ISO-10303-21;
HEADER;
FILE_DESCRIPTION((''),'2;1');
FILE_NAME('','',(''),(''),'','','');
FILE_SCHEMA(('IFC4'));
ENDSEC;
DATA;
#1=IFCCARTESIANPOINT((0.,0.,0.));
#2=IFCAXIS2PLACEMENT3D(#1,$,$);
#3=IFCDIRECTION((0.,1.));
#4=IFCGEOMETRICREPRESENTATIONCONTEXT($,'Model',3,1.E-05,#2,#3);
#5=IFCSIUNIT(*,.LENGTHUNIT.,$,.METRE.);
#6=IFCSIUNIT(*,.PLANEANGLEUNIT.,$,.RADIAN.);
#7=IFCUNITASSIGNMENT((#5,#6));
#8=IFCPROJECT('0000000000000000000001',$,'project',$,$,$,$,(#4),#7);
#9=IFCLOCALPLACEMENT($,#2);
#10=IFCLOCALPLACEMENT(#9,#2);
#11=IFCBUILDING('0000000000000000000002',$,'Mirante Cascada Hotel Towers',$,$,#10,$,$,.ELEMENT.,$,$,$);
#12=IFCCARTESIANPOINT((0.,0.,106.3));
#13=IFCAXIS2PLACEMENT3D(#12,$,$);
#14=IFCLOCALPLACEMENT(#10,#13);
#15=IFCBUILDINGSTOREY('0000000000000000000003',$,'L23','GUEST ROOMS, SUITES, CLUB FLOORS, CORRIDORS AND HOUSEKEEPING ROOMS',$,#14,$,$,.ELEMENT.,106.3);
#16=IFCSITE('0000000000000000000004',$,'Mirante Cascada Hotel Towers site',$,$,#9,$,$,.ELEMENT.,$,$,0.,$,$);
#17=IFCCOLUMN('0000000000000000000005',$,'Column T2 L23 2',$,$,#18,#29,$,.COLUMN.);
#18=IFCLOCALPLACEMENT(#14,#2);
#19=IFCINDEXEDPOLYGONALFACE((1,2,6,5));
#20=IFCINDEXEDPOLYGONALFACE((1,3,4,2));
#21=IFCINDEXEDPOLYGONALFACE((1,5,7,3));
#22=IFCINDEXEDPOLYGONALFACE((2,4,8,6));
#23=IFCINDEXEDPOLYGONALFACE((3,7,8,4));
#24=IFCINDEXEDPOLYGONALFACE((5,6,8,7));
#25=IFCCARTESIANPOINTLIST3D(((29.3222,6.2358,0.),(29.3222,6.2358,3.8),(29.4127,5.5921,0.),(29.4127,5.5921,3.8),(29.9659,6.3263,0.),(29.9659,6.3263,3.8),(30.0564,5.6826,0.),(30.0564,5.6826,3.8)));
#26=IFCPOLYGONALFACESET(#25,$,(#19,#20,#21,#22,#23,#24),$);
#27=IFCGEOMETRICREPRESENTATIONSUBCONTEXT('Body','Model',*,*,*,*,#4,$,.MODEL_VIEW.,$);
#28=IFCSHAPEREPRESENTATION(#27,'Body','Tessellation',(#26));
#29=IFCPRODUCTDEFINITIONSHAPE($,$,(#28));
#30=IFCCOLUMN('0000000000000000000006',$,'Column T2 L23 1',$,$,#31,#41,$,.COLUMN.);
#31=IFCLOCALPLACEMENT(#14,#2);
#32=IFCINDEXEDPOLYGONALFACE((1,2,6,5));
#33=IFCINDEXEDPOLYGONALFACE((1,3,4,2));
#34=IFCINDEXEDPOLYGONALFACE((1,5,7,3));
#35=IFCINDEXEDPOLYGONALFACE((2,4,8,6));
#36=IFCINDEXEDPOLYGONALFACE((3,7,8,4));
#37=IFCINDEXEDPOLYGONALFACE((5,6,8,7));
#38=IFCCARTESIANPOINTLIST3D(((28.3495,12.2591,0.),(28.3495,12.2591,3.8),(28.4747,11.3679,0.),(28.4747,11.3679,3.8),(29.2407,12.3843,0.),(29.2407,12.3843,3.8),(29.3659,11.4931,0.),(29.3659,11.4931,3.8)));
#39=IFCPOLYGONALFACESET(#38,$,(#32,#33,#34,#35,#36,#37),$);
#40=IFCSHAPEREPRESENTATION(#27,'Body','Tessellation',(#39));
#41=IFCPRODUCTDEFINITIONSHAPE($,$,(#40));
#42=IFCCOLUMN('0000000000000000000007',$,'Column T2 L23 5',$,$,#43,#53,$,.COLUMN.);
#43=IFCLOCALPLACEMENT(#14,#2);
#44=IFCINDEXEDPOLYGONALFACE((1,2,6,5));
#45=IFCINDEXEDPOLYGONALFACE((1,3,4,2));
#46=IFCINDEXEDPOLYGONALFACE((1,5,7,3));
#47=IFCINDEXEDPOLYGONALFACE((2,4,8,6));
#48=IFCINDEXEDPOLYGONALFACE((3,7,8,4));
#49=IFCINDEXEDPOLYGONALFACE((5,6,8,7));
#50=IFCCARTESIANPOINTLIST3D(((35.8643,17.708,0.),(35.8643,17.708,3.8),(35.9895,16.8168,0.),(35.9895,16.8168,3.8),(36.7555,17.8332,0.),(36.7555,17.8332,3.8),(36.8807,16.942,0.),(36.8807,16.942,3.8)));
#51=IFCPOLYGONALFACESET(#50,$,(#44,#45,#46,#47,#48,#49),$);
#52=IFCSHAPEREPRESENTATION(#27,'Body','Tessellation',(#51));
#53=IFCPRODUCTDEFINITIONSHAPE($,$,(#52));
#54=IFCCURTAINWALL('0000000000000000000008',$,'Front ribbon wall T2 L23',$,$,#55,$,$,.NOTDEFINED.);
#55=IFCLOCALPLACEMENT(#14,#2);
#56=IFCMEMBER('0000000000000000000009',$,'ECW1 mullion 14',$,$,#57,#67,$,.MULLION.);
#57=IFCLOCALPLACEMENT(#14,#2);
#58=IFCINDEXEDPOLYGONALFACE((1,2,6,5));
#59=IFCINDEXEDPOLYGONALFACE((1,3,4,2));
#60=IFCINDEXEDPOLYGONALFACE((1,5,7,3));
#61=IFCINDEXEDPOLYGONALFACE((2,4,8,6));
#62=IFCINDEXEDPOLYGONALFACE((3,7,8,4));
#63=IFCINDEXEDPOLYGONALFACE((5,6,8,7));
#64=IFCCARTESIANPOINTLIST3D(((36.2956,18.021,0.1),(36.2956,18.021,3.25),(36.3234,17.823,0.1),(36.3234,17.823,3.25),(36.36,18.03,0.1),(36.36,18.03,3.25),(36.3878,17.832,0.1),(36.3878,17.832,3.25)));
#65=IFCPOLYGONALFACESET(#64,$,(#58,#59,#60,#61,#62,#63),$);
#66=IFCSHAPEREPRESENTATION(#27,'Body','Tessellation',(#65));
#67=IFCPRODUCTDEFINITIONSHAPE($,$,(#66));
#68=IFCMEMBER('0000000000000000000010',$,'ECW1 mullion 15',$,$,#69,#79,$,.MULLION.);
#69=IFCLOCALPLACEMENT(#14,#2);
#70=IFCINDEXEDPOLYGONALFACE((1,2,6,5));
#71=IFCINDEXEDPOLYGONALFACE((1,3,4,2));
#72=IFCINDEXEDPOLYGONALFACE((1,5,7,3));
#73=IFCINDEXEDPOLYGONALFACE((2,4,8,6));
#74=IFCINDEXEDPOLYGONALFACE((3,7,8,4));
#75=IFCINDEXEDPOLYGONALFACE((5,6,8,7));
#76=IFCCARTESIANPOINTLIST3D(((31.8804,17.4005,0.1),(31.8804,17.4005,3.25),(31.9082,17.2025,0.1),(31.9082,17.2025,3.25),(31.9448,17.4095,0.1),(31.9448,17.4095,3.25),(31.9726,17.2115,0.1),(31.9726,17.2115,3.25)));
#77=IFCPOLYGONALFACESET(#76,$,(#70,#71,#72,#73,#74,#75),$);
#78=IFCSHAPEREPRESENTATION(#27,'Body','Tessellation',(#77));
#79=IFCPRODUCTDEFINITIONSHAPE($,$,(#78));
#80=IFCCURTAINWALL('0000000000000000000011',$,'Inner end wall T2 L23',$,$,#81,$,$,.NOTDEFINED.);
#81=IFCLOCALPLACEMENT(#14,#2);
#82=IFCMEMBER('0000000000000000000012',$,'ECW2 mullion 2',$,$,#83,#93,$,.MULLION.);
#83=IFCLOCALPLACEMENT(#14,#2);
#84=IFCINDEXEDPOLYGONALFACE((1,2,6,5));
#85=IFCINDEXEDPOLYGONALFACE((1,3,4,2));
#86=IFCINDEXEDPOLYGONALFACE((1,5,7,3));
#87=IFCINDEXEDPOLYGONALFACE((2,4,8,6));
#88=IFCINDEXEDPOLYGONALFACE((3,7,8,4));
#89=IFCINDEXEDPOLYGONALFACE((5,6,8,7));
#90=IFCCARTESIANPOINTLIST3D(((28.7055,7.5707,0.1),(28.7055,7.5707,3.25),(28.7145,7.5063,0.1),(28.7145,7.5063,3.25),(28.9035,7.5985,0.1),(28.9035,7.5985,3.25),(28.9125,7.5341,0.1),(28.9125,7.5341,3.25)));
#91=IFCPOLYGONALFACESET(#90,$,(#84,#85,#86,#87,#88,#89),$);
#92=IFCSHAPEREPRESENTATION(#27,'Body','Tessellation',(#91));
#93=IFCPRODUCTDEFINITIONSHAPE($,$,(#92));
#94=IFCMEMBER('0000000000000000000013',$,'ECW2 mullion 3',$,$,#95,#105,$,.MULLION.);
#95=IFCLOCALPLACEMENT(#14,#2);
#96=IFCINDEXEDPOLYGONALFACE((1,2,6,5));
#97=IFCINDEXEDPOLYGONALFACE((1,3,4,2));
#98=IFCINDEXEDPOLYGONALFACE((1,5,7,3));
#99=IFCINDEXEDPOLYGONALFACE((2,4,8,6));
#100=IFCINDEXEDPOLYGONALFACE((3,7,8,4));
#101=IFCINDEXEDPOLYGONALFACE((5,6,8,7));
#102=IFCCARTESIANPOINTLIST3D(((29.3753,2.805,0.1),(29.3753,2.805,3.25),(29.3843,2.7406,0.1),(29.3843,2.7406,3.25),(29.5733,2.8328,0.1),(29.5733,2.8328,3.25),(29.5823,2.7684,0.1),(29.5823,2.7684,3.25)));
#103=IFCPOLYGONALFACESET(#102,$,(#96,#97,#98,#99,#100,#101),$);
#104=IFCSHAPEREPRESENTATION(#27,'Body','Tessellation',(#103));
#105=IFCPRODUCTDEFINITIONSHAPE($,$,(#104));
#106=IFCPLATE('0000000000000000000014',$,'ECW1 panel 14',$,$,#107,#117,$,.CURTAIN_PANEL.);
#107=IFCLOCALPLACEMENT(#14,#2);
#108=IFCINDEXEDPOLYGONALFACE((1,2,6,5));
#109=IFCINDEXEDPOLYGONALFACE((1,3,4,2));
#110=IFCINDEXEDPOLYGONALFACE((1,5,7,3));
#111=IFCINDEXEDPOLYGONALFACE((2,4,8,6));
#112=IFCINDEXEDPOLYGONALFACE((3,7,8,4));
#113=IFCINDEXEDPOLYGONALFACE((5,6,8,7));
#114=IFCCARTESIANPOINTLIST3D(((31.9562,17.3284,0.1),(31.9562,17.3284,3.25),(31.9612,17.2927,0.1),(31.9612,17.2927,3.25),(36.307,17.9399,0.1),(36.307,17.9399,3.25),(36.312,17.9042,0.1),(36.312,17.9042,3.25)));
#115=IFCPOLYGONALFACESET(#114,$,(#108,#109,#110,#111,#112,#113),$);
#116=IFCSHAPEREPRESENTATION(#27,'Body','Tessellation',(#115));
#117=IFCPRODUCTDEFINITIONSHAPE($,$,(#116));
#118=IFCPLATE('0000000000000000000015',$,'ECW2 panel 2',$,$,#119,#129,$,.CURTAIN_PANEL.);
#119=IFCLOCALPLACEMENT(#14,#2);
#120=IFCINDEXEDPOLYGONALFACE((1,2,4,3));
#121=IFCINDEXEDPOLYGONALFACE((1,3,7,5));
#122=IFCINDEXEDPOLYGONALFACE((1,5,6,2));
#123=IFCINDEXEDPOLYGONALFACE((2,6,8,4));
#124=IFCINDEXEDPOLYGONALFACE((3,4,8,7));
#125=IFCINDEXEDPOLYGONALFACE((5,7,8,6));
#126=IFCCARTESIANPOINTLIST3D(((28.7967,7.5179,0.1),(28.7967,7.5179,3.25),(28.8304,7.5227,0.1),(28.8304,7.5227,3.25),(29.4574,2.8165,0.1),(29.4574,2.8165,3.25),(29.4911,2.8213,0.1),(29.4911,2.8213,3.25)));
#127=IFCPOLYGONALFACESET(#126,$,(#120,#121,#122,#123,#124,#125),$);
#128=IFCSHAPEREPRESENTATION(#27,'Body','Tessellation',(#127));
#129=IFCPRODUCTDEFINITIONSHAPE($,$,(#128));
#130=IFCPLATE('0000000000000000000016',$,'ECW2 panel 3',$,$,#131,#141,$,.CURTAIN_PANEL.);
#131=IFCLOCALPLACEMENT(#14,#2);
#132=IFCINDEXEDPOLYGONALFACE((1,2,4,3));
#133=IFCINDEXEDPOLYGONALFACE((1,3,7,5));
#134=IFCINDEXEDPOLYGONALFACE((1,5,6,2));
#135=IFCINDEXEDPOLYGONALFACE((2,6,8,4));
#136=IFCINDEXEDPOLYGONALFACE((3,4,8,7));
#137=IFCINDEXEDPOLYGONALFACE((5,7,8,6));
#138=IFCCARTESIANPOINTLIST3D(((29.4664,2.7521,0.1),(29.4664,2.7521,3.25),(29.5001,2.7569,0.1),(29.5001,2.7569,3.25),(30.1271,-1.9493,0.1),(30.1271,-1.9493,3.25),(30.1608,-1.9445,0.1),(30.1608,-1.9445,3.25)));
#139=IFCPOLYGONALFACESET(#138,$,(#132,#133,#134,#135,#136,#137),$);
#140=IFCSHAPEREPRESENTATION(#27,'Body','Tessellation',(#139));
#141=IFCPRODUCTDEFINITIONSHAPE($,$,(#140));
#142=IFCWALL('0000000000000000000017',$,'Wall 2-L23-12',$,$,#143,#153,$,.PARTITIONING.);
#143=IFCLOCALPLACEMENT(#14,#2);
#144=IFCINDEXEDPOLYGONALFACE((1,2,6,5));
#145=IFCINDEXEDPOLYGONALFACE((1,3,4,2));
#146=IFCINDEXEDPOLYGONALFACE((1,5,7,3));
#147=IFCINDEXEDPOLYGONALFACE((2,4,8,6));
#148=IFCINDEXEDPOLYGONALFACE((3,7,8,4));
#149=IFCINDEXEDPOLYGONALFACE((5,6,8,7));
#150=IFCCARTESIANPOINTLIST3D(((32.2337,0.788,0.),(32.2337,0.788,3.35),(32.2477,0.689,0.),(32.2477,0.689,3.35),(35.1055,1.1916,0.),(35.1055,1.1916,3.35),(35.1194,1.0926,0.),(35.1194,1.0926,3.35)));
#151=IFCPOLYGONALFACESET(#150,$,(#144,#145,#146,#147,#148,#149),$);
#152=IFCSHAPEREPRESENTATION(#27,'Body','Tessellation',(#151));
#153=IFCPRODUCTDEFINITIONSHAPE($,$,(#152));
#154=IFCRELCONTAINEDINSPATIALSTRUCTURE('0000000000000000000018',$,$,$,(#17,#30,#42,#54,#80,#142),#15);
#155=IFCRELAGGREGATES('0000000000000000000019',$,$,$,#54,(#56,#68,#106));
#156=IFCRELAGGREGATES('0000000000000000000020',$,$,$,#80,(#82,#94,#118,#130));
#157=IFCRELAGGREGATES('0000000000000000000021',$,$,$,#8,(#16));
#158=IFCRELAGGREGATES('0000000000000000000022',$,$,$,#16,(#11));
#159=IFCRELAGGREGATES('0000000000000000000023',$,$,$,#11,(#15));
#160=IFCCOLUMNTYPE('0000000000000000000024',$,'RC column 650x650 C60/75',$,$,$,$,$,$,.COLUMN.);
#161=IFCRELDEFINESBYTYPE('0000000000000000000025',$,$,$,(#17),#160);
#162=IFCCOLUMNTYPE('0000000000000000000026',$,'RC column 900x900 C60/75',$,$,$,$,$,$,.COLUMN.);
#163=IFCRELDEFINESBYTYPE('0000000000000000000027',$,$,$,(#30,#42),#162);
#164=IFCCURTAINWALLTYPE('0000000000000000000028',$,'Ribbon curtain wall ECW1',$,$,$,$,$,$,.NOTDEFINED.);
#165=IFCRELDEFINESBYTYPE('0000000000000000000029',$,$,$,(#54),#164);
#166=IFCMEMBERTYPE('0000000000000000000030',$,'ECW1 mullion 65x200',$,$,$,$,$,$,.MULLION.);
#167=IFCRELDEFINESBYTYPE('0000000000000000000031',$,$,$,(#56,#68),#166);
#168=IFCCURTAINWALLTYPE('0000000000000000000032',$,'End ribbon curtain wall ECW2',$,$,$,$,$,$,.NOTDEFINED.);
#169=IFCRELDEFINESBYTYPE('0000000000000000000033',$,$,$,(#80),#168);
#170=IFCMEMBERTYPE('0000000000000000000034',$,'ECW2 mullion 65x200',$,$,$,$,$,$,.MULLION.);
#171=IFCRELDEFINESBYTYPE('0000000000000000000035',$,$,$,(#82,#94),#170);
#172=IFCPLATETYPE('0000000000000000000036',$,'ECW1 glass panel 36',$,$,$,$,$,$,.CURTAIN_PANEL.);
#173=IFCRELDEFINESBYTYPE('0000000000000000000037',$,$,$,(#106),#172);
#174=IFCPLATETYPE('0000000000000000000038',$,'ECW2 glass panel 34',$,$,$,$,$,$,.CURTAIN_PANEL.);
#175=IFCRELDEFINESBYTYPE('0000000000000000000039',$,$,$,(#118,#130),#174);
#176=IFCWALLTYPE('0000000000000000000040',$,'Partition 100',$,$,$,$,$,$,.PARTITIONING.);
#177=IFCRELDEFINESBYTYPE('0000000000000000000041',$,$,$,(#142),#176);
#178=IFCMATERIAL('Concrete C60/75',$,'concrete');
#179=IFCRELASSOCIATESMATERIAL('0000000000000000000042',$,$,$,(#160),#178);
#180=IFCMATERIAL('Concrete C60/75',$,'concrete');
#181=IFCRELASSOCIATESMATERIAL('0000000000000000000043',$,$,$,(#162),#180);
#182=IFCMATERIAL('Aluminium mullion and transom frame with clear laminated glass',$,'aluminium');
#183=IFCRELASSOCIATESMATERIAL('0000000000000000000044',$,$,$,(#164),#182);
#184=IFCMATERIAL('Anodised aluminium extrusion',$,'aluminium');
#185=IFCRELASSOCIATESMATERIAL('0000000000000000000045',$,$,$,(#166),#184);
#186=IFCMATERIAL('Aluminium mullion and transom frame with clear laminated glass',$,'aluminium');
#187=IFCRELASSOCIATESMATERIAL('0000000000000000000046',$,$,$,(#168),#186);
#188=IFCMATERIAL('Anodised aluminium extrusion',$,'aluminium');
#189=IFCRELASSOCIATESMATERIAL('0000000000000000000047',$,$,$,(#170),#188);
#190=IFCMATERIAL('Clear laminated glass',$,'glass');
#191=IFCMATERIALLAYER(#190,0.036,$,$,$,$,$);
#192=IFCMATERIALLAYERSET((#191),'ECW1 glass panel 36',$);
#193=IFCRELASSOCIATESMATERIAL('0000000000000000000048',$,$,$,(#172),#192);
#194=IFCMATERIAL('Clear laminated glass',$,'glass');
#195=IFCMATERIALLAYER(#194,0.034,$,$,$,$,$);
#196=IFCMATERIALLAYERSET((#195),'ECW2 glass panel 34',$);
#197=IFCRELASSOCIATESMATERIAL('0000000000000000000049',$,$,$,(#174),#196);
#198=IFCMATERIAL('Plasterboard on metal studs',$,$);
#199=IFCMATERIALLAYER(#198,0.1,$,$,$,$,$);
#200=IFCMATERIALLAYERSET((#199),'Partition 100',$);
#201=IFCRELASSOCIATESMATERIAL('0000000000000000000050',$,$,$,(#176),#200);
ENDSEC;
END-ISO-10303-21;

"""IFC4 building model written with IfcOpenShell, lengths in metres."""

from ifc_helpers import new_model, si_unit, direction, frame, frame_2d, origin, origin_2d, place, context, subcontext, project, spatial, rectangle, extrude, material, layer, layer_set, material_profile, profile_set, type_object, element, aggregate, save


model = new_model("IFC4")

# Units and contexts
model_context = context("Model", 3, precision=1e-05, world=origin(), true_north=direction((0.0, 1.0)))
body_context = subcontext(model_context, "Body", "Model", "MODEL_VIEW")
ifc_project = project(units=[si_unit("LENGTHUNIT", "METRE"), si_unit("PLANEANGLEUNIT", "RADIAN")], contexts=[model_context])

# Site, building, storey
site_placement = place(None, origin())
site = spatial("IfcSite", under=ifc_project, at=site_placement, Name="Mirante Cascada Hotel Towers site", CompositionType="ELEMENT", RefElevation=0.0)
building_placement = place(site_placement, origin())
building = spatial("IfcBuilding", under=site, at=building_placement, Name="Mirante Cascada Hotel Towers", CompositionType="ELEMENT")
storey_placement = place(building_placement, frame((0.0, 0.0, 106.3)))
storey = spatial("IfcBuildingStorey", under=building, at=storey_placement, Name="L23", Description="GUEST ROOMS, SUITES, CLUB FLOORS, CORRIDORS AND HOUSEKEEPING ROOMS", CompositionType="ELEMENT", Elevation=106.3)

# Columns
ifc_material_1 = material(Name="Concrete C60/75", Category="concrete")
ifc_material_profile_1 = material_profile(ifc_material_1, rectangle(XDim=0.65, YDim=0.65, at=origin_2d()), Name="RC column 650x650 C60/75")
ifc_profile_set_1 = profile_set([ifc_material_profile_1], Name="Concrete C60/75")
column_type_1 = type_object("IfcColumnType", Name="RC column 650x650 C60/75", PredefinedType="COLUMN", material=ifc_profile_set_1)
column_placement = place(storey_placement, frame((29.6893, 5.9592, 0.0), z_axis=(0.0, 0.0, 1.0), x_axis=(0.990268, 0.139173, 0.0)))
element("IfcColumn", 1, at=column_placement, inside=storey, type_object=column_type_1, Name="Column T2 L23 2", PredefinedType="COLUMN", context=body_context, shape_type="SweptSolid", body=[
    extrude(rectangle(XDim=0.65, YDim=0.65, at=origin_2d()), origin(), (0.0, 0.0, 1.0), 3.8),
])
ifc_material_2 = material(Name="Concrete C60/75", Category="concrete")
ifc_material_profile_2 = material_profile(ifc_material_2, rectangle(XDim=0.9, YDim=0.9, at=origin_2d()), Name="RC column 900x900 C60/75")
ifc_profile_set_2 = profile_set([ifc_material_profile_2], Name="Concrete C60/75")
column_type_2 = type_object("IfcColumnType", Name="RC column 900x900 C60/75", PredefinedType="COLUMN", material=ifc_profile_set_2)
for number, where, z_axis, x_axis, name in (
    (2, (28.8577, 11.8761, 0.0), (0.0, 0.0, 1.0), (0.990268, 0.139173, 0.0), "Column T2 L23 1"),
    (3, (36.3725, 17.325, 0.0), (0.0, 0.0, 1.0), (0.990268, 0.139173, 0.0), "Column T2 L23 5"),
):
    element("IfcColumn", number, at=place(storey_placement, frame(where, z_axis=z_axis, x_axis=x_axis)), inside=storey, type_object=column_type_2, Name=name, PredefinedType="COLUMN", context=body_context, shape_type="SweptSolid", body=[
        extrude(rectangle(XDim=0.9, YDim=0.9, at=origin_2d()), origin(), (0.0, 0.0, 1.0), 3.8),
    ])

# Curtain walls, members
ifc_material_3 = material(Name="Aluminium mullion and transom frame with clear laminated glass", Category="aluminium")
curtain_wall_type_1 = type_object("IfcCurtainWallType", Name="Ribbon curtain wall ECW1", PredefinedType="NOTDEFINED", material=ifc_material_3)
curtain_wall_1_placement = place(storey_placement, origin())
curtain_wall_1 = element("IfcCurtainWall", 4, at=curtain_wall_1_placement, inside=storey, type_object=curtain_wall_type_1, Name="Front ribbon wall T2 L23", PredefinedType="NOTDEFINED")
ifc_material_4 = material(Name="Anodised aluminium extrusion", Category="aluminium")
ifc_material_profile_3 = material_profile(ifc_material_4, rectangle(XDim=0.2, YDim=0.065, at=origin_2d()), Name="ECW1 MULLION 65x200")
ifc_profile_set_3 = profile_set([ifc_material_profile_3], Name="Anodised aluminium extrusion")
member_type_1 = type_object("IfcMemberType", Name="ECW1 mullion 65x200", PredefinedType="MULLION", material=ifc_profile_set_3)
member_1_placement = place(storey_placement, frame((36.3417, 17.9265, 0.1), z_axis=(0.0, 0.0, 1.0), x_axis=(0.139173, -0.990268, 0.0)))
member_1 = element("IfcMember", 5, at=member_1_placement, type_object=member_type_1, Name="ECW1 mullion 14", PredefinedType="MULLION", context=body_context, shape_type="SweptSolid", body=[
    extrude(rectangle(XDim=0.2, YDim=0.065, at=origin_2d()), origin(), (0.0, 0.0, 1.0), 3.15),
])
member_2_placement = place(storey_placement, frame((31.9265, 17.306, 0.1), z_axis=(0.0, 0.0, 1.0), x_axis=(0.139173, -0.990268, 0.0)))
member_2 = element("IfcMember", 6, at=member_2_placement, type_object=member_type_1, Name="ECW1 mullion 15", PredefinedType="MULLION", context=body_context, shape_type="SweptSolid", body=[
    extrude(rectangle(XDim=0.2, YDim=0.065, at=origin_2d()), origin(), (0.0, 0.0, 1.0), 3.15),
])
ifc_material_5 = material(Name="Aluminium mullion and transom frame with clear laminated glass", Category="aluminium")
curtain_wall_type_2 = type_object("IfcCurtainWallType", Name="End ribbon curtain wall ECW2", PredefinedType="NOTDEFINED", material=ifc_material_5)
curtain_wall_2_placement = place(storey_placement, origin())
curtain_wall_2 = element("IfcCurtainWall", 7, at=curtain_wall_2_placement, inside=storey, type_object=curtain_wall_type_2, Name="Inner end wall T2 L23", PredefinedType="NOTDEFINED")
ifc_material_6 = material(Name="Anodised aluminium extrusion", Category="aluminium")
ifc_material_profile_4 = material_profile(ifc_material_6, rectangle(XDim=0.2, YDim=0.065, at=origin_2d()), Name="ECW2 MULLION 65x200")
ifc_profile_set_4 = profile_set([ifc_material_profile_4], Name="Anodised aluminium extrusion")
member_type_2 = type_object("IfcMemberType", Name="ECW2 mullion 65x200", PredefinedType="MULLION", material=ifc_profile_set_4)
member_3_placement = place(storey_placement, frame((28.809, 7.5524, 0.1), z_axis=(0.0, 0.0, 1.0), x_axis=(0.990268, 0.139173, 0.0)))
member_3 = element("IfcMember", 8, at=member_3_placement, type_object=member_type_2, Name="ECW2 mullion 2", PredefinedType="MULLION", context=body_context, shape_type="SweptSolid", body=[
    extrude(rectangle(XDim=0.2, YDim=0.065, at=origin_2d()), origin(), (0.0, 0.0, 1.0), 3.15),
])
member_4_placement = place(storey_placement, frame((29.4788, 2.7867, 0.1), z_axis=(0.0, 0.0, 1.0), x_axis=(0.990268, 0.139173, 0.0)))
member_4 = element("IfcMember", 9, at=member_4_placement, type_object=member_type_2, Name="ECW2 mullion 3", PredefinedType="MULLION", context=body_context, shape_type="SweptSolid", body=[
    extrude(rectangle(XDim=0.2, YDim=0.065, at=origin_2d()), origin(), (0.0, 0.0, 1.0), 3.15),
])

# Plates
ifc_material_7 = material(Name="Clear laminated glass", Category="glass")
ifc_layer_1 = layer(ifc_material_7, 0.036)
ifc_layer_set_1 = layer_set([ifc_layer_1], Name="ECW1 glass panel 36")
plate_type_1 = type_object("IfcPlateType", Name="ECW1 glass panel 36", PredefinedType="CURTAIN_PANEL", material=ifc_layer_set_1)
plate_1_placement = place(storey_placement, frame((34.1341, 17.6163, 0.1), z_axis=(0.0, 0.0, 1.0), x_axis=(-0.990268, -0.139173, 0.0)))
plate_1 = element("IfcPlate", 10, at=plate_1_placement, type_object=plate_type_1, Name="ECW1 panel 14", PredefinedType="CURTAIN_PANEL", context=body_context, shape_type="SweptSolid", body=[
    extrude(rectangle(XDim=4.3936, YDim=0.036, at=origin_2d()), origin(), (0.0, 0.0, 1.0), 3.15),
])
aggregate(curtain_wall_1, [member_1, member_2, plate_1])
ifc_material_8 = material(Name="Clear laminated glass", Category="glass")
ifc_layer_2 = layer(ifc_material_8, 0.034)
ifc_layer_set_2 = layer_set([ifc_layer_2], Name="ECW2 glass panel 34")
plate_type_2 = type_object("IfcPlateType", Name="ECW2 glass panel 34", PredefinedType="CURTAIN_PANEL", material=ifc_layer_set_2)
plate_2_placement = place(storey_placement, frame((29.1439, 5.1696, 0.1), z_axis=(0.0, 0.0, 1.0), x_axis=(0.139173, -0.990268, 0.0)))
plate_2 = element("IfcPlate", 11, at=plate_2_placement, type_object=plate_type_2, Name="ECW2 panel 2", PredefinedType="CURTAIN_PANEL", context=body_context, shape_type="SweptSolid", body=[
    extrude(rectangle(XDim=4.7476, YDim=0.034, at=origin_2d()), origin(), (0.0, 0.0, 1.0), 3.15),
])
plate_3_placement = place(storey_placement, frame((29.8136, 0.4038, 0.1), z_axis=(0.0, 0.0, 1.0), x_axis=(0.139173, -0.990268, 0.0)))
plate_3 = element("IfcPlate", 12, at=plate_3_placement, type_object=plate_type_2, Name="ECW2 panel 3", PredefinedType="CURTAIN_PANEL", context=body_context, shape_type="SweptSolid", body=[
    extrude(rectangle(XDim=4.7476, YDim=0.034, at=origin_2d()), origin(), (0.0, 0.0, 1.0), 3.15),
])
aggregate(curtain_wall_2, [member_3, member_4, plate_2, plate_3])

# Wall
ifc_material_9 = material(Name="Plasterboard on metal studs")
ifc_layer_3 = layer(ifc_material_9, 0.1)
ifc_layer_set_3 = layer_set([ifc_layer_3], Name="Partition 100")
wall_type_1 = type_object("IfcWallType", Name="Partition 100", PredefinedType="PARTITIONING", material=ifc_layer_set_3)
wall_1_placement = place(storey_placement, frame((32.2407, 0.7385, 0.0), z_axis=(0.0, 0.0, 1.0), x_axis=(0.990268, 0.139171, 0.0)))
element("IfcWall", 13, at=wall_1_placement, inside=storey, type_object=wall_type_1, Name="Wall 2-L23-12", PredefinedType="PARTITIONING", context=body_context, shape_type="SweptSolid", body=[
    extrude(rectangle(XDim=2.9, YDim=0.1, at=frame_2d((1.45, 0.0))), origin(), (0.0, 0.0, 1.0), 3.35),
])

save(model, "model.ifc")
